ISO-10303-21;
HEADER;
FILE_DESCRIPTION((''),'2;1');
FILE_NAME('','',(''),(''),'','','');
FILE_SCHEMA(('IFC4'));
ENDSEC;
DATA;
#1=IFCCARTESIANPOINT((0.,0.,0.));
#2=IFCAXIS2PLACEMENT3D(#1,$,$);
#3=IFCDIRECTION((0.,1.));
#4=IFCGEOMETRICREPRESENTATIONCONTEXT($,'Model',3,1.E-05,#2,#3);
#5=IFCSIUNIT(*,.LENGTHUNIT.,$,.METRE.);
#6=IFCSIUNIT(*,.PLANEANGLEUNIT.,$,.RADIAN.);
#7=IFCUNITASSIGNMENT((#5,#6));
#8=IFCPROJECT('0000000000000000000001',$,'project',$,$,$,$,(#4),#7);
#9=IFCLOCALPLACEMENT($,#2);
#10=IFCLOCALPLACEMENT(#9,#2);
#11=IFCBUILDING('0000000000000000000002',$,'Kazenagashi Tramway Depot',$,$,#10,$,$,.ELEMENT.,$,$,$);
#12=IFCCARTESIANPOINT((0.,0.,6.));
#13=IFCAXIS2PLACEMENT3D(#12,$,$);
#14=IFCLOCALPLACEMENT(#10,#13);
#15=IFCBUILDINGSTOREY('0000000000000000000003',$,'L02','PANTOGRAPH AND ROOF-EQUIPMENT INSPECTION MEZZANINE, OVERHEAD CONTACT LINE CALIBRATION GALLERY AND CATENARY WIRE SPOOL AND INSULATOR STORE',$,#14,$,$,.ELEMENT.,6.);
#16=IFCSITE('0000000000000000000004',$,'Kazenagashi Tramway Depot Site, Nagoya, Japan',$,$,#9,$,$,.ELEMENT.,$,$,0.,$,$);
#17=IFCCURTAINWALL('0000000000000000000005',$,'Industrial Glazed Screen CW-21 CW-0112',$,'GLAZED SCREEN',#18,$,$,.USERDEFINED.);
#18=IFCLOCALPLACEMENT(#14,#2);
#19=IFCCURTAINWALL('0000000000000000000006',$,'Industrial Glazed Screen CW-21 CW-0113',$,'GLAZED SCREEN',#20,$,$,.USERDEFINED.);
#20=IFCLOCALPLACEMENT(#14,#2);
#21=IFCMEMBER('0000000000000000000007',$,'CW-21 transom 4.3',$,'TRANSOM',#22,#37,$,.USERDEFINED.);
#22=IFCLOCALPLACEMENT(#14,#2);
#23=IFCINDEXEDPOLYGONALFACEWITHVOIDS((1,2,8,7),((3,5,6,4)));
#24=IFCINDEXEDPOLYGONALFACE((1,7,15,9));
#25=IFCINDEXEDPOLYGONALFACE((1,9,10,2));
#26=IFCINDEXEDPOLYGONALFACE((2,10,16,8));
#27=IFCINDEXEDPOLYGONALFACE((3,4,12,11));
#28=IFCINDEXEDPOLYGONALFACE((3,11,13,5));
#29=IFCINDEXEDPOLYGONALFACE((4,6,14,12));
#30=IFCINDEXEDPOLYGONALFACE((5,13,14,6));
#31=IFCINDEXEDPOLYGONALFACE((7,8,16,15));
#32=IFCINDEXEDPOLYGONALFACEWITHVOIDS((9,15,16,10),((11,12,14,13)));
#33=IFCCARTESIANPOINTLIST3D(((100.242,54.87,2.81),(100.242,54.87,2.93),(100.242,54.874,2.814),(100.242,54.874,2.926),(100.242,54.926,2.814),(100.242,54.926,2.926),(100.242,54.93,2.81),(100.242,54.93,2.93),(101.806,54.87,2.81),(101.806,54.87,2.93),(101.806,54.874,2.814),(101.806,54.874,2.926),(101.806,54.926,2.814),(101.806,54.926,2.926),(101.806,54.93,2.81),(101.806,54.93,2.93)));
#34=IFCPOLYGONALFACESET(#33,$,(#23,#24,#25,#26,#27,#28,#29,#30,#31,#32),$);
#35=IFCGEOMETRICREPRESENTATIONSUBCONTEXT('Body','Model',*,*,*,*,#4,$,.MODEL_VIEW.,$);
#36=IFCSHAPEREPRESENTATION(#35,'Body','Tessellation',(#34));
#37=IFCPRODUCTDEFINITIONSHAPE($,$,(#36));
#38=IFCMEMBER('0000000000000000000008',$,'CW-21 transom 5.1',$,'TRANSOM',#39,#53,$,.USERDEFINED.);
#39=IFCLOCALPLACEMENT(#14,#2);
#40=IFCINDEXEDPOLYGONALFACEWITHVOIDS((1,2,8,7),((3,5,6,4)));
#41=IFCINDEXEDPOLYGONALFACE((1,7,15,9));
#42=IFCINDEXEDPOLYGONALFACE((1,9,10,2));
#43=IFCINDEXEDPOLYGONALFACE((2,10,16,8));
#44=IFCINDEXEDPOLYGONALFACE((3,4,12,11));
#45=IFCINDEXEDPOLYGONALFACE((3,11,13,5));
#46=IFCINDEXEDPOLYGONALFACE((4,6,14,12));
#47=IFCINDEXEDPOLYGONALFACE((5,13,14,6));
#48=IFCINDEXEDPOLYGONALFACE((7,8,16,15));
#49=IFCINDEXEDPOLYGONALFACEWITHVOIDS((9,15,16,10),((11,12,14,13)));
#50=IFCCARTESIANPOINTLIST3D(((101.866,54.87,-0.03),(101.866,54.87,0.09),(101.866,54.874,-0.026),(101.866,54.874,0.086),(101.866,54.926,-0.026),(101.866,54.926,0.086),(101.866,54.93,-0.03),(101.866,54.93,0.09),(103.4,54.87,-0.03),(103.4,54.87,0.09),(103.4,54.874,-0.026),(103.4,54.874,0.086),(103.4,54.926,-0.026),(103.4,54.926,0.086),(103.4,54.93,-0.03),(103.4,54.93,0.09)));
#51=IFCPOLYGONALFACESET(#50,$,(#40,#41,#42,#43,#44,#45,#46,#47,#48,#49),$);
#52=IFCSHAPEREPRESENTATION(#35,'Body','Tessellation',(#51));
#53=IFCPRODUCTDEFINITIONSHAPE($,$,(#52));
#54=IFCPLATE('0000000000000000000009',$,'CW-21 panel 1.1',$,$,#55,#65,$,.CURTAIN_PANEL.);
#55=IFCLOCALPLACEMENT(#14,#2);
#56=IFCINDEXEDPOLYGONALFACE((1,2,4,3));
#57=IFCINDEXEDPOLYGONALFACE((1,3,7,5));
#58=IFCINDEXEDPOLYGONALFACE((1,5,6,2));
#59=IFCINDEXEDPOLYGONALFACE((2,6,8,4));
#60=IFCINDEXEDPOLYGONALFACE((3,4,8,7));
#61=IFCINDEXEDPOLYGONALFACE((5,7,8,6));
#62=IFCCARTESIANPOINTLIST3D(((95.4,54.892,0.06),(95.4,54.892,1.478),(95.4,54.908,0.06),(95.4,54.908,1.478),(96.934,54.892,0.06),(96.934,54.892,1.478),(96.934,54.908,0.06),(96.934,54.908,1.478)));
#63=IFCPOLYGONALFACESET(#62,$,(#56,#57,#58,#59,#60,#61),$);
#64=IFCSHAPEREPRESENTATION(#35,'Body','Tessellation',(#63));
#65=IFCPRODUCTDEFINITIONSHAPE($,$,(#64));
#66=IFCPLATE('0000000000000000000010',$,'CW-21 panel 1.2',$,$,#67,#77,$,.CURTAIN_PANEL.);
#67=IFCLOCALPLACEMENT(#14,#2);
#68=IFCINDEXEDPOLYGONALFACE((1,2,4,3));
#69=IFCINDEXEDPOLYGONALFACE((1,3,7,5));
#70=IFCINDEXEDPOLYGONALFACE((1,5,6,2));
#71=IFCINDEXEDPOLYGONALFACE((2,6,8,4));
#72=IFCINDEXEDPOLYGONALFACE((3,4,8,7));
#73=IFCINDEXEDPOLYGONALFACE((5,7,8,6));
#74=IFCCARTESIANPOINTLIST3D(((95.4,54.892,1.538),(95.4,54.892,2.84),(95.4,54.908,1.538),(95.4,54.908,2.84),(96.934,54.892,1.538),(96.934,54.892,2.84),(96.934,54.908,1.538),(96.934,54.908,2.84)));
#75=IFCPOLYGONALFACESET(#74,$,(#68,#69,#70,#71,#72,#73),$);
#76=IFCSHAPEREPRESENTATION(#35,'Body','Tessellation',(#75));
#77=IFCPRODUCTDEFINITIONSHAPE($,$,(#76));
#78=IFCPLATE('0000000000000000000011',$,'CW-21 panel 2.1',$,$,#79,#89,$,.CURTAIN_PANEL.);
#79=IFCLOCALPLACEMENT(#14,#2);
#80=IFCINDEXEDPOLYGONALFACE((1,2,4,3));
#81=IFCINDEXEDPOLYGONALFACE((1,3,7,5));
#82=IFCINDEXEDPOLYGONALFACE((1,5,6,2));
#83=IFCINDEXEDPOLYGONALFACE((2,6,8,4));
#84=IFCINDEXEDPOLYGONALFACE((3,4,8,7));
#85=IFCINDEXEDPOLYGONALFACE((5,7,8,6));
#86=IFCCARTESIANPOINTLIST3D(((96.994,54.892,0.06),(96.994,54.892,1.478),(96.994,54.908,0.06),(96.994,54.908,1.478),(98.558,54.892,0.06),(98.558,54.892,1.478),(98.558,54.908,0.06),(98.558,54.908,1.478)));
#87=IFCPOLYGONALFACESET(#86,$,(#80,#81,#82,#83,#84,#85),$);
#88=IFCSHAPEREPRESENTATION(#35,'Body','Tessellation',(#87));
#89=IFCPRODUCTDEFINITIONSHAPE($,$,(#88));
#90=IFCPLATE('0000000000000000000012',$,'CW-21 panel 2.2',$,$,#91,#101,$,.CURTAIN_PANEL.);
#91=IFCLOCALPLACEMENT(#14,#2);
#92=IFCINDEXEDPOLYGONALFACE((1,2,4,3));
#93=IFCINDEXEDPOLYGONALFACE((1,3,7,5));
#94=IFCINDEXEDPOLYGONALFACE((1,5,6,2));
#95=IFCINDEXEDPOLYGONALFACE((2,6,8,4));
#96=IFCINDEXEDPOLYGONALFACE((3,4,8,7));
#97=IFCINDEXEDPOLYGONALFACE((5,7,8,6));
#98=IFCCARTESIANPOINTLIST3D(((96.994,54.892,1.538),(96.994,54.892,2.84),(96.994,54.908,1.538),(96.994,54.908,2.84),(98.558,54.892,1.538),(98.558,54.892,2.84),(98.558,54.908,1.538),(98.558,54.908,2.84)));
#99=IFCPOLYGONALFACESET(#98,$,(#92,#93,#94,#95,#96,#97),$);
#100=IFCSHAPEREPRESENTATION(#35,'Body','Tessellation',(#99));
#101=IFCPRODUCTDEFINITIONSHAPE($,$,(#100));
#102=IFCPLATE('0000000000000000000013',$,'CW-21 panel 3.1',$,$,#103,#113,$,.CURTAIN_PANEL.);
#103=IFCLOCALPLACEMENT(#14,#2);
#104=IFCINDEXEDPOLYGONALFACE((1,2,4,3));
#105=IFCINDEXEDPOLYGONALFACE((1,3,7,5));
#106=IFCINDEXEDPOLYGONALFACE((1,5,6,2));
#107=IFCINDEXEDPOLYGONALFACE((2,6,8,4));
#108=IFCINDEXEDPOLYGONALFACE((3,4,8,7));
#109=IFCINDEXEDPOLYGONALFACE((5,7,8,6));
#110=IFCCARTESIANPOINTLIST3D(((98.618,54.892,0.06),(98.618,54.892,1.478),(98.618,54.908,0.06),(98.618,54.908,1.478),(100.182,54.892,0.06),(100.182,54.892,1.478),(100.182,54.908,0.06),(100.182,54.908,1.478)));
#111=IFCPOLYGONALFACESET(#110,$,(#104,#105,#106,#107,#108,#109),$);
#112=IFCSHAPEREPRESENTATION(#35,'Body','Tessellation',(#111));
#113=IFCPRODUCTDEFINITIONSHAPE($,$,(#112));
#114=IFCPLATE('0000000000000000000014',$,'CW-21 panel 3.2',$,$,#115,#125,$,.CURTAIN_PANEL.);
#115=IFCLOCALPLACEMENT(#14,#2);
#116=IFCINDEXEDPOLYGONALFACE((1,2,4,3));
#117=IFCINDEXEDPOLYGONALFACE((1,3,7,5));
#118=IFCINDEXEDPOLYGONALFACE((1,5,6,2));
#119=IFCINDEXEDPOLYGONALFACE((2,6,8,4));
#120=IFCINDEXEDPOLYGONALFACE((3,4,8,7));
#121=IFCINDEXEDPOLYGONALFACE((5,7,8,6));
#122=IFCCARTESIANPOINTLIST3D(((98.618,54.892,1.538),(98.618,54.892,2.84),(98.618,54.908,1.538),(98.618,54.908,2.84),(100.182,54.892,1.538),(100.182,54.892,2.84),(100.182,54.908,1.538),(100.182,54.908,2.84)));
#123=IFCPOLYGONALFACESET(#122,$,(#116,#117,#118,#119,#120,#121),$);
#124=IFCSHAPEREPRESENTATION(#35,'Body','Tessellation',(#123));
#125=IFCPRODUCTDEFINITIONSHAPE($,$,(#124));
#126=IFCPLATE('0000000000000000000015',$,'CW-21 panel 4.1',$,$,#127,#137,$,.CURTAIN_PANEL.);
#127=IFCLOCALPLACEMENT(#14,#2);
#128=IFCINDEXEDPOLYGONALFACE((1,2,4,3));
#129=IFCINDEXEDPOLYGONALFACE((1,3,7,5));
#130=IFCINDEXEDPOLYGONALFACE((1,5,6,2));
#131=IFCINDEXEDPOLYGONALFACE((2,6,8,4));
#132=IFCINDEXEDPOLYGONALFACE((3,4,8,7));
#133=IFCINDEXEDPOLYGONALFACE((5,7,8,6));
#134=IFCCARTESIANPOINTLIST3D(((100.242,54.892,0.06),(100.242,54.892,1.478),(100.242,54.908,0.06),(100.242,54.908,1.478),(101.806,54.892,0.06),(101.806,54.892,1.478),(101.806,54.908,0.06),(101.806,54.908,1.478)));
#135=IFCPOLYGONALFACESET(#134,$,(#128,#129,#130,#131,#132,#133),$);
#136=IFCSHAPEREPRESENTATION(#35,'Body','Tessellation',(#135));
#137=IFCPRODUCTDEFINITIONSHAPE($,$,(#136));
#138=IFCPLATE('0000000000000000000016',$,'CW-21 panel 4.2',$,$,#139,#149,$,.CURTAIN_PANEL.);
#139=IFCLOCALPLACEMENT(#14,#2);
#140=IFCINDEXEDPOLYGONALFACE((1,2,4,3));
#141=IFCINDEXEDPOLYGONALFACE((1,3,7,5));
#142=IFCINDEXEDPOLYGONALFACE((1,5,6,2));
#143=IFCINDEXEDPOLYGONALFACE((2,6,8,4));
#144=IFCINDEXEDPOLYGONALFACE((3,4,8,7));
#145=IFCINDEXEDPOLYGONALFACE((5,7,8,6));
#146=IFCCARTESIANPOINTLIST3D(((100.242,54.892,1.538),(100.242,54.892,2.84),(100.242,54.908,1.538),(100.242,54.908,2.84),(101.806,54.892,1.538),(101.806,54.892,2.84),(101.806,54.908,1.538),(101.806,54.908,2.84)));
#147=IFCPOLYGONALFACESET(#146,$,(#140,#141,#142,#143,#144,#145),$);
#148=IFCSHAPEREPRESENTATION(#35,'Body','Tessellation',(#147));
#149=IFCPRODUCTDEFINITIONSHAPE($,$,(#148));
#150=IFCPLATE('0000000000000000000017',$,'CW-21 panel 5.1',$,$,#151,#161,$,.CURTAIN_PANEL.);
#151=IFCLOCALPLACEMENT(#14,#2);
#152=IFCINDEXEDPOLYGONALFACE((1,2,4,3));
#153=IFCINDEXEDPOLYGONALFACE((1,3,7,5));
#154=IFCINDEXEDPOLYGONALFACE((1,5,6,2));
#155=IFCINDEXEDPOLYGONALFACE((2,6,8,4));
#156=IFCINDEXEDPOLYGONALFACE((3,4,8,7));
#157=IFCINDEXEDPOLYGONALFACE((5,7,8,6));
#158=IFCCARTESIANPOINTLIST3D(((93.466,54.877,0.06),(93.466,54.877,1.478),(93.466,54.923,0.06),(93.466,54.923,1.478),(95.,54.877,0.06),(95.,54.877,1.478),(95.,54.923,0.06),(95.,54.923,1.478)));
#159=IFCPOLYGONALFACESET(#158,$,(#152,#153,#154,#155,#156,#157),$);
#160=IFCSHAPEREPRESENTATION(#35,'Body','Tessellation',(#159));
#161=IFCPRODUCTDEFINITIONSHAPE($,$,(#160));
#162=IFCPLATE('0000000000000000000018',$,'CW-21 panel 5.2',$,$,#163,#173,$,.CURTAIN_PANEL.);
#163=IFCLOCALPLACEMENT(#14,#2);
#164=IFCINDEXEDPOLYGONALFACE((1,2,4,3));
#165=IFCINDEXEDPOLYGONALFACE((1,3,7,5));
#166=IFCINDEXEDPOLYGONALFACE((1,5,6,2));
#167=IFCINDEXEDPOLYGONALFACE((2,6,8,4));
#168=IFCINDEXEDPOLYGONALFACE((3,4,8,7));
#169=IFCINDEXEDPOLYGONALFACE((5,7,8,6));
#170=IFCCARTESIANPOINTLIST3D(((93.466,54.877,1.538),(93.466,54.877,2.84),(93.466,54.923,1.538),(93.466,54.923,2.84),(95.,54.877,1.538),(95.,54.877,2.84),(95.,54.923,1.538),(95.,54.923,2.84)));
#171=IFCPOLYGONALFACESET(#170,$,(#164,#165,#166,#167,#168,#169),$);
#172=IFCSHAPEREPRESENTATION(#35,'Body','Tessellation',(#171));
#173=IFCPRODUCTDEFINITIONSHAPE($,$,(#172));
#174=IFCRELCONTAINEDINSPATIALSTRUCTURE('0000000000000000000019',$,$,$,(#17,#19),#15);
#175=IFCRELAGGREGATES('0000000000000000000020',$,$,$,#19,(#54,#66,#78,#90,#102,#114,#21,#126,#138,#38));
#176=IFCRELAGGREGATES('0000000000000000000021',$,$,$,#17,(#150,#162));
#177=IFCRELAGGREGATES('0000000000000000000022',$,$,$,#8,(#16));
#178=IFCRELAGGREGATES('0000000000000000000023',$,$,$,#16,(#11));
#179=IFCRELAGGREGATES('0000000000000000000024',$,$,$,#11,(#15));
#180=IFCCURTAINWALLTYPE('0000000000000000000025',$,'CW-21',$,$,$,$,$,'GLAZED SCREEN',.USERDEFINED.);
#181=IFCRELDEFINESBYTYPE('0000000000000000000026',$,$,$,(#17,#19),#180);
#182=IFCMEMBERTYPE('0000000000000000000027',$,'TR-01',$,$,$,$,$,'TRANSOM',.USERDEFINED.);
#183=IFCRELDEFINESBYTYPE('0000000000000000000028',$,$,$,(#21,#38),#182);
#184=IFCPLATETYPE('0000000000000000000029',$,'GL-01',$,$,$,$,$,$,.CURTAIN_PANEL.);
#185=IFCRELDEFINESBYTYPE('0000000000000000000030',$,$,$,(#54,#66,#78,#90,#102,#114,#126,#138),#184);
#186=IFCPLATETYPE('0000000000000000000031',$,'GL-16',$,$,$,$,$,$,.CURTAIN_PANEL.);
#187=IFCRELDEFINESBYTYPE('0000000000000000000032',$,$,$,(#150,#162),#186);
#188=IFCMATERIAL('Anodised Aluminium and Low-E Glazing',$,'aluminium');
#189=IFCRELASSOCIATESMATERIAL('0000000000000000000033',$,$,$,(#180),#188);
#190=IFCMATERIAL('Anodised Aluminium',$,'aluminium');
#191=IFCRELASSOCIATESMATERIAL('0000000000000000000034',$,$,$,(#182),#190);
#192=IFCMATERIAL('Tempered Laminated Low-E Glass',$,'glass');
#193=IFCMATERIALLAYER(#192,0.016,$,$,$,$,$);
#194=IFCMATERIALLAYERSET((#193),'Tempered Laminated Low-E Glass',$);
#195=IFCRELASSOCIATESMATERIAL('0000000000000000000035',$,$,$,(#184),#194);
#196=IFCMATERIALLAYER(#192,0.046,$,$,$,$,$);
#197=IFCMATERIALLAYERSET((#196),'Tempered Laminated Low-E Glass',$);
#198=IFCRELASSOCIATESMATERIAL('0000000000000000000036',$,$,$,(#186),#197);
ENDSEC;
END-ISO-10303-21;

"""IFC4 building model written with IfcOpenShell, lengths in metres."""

from ifc_helpers import new_model, si_unit, direction, frame, origin, origin_2d, place, context, subcontext, project, spatial, rectangle, hollow_rectangle, extrude, material, layer, layer_set, material_profile, profile_set, type_object, element, aggregate, save


model = new_model("IFC4")

# Units and contexts
model_context = context("Model", 3, precision=1e-05, world=origin(), true_north=direction((0.0, 1.0)))
body_context = subcontext(model_context, "Body", "Model", "MODEL_VIEW")
ifc_project = project(units=[si_unit("LENGTHUNIT", "METRE"), si_unit("PLANEANGLEUNIT", "RADIAN")], contexts=[model_context])

# Site, building, storey
site_placement = place(None, origin())
site = spatial("IfcSite", under=ifc_project, at=site_placement, Name="Kazenagashi Tramway Depot Site, Nagoya, Japan", CompositionType="ELEMENT", RefElevation=0.0)
building_placement = place(site_placement, origin())
building = spatial("IfcBuilding", under=site, at=building_placement, Name="Kazenagashi Tramway Depot", CompositionType="ELEMENT")
storey_placement = place(building_placement, frame((0.0, 0.0, 6.0)))
storey = spatial("IfcBuildingStorey", under=building, at=storey_placement, Name="L02", Description="PANTOGRAPH AND ROOF-EQUIPMENT INSPECTION MEZZANINE, OVERHEAD CONTACT LINE CALIBRATION GALLERY AND CATENARY WIRE SPOOL AND INSULATOR STORE", CompositionType="ELEMENT", Elevation=6.0)

# Curtain wall
ifc_material_1 = material(Name="Anodised Aluminium and Low-E Glazing", Category="aluminium")
curtain_wall_type = type_object("IfcCurtainWallType", Name="CW-21", ElementType="GLAZED SCREEN", PredefinedType="USERDEFINED", material=ifc_material_1)
curtain_wall_1_placement = place(storey_placement, origin())
curtain_wall_1 = element("IfcCurtainWall", 1, at=curtain_wall_1_placement, inside=storey, type_object=curtain_wall_type, Name="Industrial Glazed Screen CW-21 CW-0112", ObjectType="GLAZED SCREEN", PredefinedType="USERDEFINED")
ifc_material_2 = material(Name="Anodised Aluminium", Category="aluminium")

# Curtain wall
curtain_wall_2_placement = place(storey_placement, origin())
curtain_wall_2 = element("IfcCurtainWall", 2, at=curtain_wall_2_placement, inside=storey, type_object=curtain_wall_type, Name="Industrial Glazed Screen CW-21 CW-0113", ObjectType="GLAZED SCREEN", PredefinedType="USERDEFINED")

# Members
ifc_material_profile_1 = material_profile(ifc_material_2, hollow_rectangle(XDim=0.06, YDim=0.12, WallThickness=0.004, at=origin_2d()), Name="RHS-120x60x4")
ifc_profile_set_1 = profile_set([ifc_material_profile_1], Name="Anodised Aluminium")
member_type_1 = type_object("IfcMemberType", Name="TR-01", ElementType="TRANSOM", PredefinedType="USERDEFINED", material=ifc_profile_set_1)
member_1_placement = place(storey_placement, frame((100.242, 54.9, 2.87), z_axis=(1.0, 0.0, 0.0), x_axis=(0.0, 1.0, 0.0)))
member_1 = element("IfcMember", 3, at=member_1_placement, type_object=member_type_1, Name="CW-21 transom 4.3", ObjectType="TRANSOM", PredefinedType="USERDEFINED", context=body_context, shape_type="SweptSolid", body=[
    extrude(hollow_rectangle(XDim=0.06, YDim=0.12, WallThickness=0.004, at=origin_2d()), origin(), (0.0, 0.0, 1.0), 1.564),
])
member_2_placement = place(storey_placement, frame((101.866, 54.9, 0.03), z_axis=(1.0, 0.0, 0.0), x_axis=(0.0, 1.0, 0.0)))
member_2 = element("IfcMember", 4, at=member_2_placement, type_object=member_type_1, Name="CW-21 transom 5.1", ObjectType="TRANSOM", PredefinedType="USERDEFINED", context=body_context, shape_type="SweptSolid", body=[
    extrude(hollow_rectangle(XDim=0.06, YDim=0.12, WallThickness=0.004, at=origin_2d()), origin(), (0.0, 0.0, 1.0), 1.534),
])

# Plates
ifc_material_3 = material(Name="Tempered Laminated Low-E Glass", Category="glass")
ifc_layer_1 = layer(ifc_material_3, 0.016)
ifc_layer_set_1 = layer_set([ifc_layer_1], Name="Tempered Laminated Low-E Glass")
plate_type_1 = type_object("IfcPlateType", Name="GL-01", PredefinedType="CURTAIN_PANEL", material=ifc_layer_set_1)
plate_1_placement = place(storey_placement, frame((96.167, 54.9, 0.06), z_axis=(0.0, 0.0, 1.0), x_axis=(1.0, 0.0, 0.0)))
plate_1 = element("IfcPlate", 5, at=plate_1_placement, type_object=plate_type_1, Name="CW-21 panel 1.1", PredefinedType="CURTAIN_PANEL", context=body_context, shape_type="SweptSolid", body=[
    extrude(rectangle(XDim=1.534, YDim=0.016, at=origin_2d()), origin(), (0.0, 0.0, 1.0), 1.418),
])
plate_2_placement = place(storey_placement, frame((96.167, 54.9, 1.538), z_axis=(0.0, 0.0, 1.0), x_axis=(1.0, 0.0, 0.0)))
plate_2 = element("IfcPlate", 6, at=plate_2_placement, type_object=plate_type_1, Name="CW-21 panel 1.2", PredefinedType="CURTAIN_PANEL", context=body_context, shape_type="SweptSolid", body=[
    extrude(rectangle(XDim=1.534, YDim=0.016, at=origin_2d()), origin(), (0.0, 0.0, 1.0), 1.302),
])
plate_3_placement = place(storey_placement, frame((97.776, 54.9, 0.06), z_axis=(0.0, 0.0, 1.0), x_axis=(1.0, 0.0, 0.0)))
plate_3 = element("IfcPlate", 7, at=plate_3_placement, type_object=plate_type_1, Name="CW-21 panel 2.1", PredefinedType="CURTAIN_PANEL", context=body_context, shape_type="SweptSolid", body=[
    extrude(rectangle(XDim=1.564, YDim=0.016, at=origin_2d()), origin(), (0.0, 0.0, 1.0), 1.418),
])
plate_4_placement = place(storey_placement, frame((97.776, 54.9, 1.538), z_axis=(0.0, 0.0, 1.0), x_axis=(1.0, 0.0, 0.0)))
plate_4 = element("IfcPlate", 8, at=plate_4_placement, type_object=plate_type_1, Name="CW-21 panel 2.2", PredefinedType="CURTAIN_PANEL", context=body_context, shape_type="SweptSolid", body=[
    extrude(rectangle(XDim=1.564, YDim=0.016, at=origin_2d()), origin(), (0.0, 0.0, 1.0), 1.302),
])
plate_5_placement = place(storey_placement, frame((99.4, 54.9, 0.06), z_axis=(0.0, 0.0, 1.0), x_axis=(1.0, 0.0, 0.0)))
plate_5 = element("IfcPlate", 9, at=plate_5_placement, type_object=plate_type_1, Name="CW-21 panel 3.1", PredefinedType="CURTAIN_PANEL", context=body_context, shape_type="SweptSolid", body=[
    extrude(rectangle(XDim=1.564, YDim=0.016, at=origin_2d()), origin(), (0.0, 0.0, 1.0), 1.418),
])
plate_6_placement = place(storey_placement, frame((99.4, 54.9, 1.538), z_axis=(0.0, 0.0, 1.0), x_axis=(1.0, 0.0, 0.0)))
plate_6 = element("IfcPlate", 10, at=plate_6_placement, type_object=plate_type_1, Name="CW-21 panel 3.2", PredefinedType="CURTAIN_PANEL", context=body_context, shape_type="SweptSolid", body=[
    extrude(rectangle(XDim=1.564, YDim=0.016, at=origin_2d()), origin(), (0.0, 0.0, 1.0), 1.302),
])
plate_7_placement = place(storey_placement, frame((101.024, 54.9, 0.06), z_axis=(0.0, 0.0, 1.0), x_axis=(1.0, 0.0, 0.0)))
plate_7 = element("IfcPlate", 11, at=plate_7_placement, type_object=plate_type_1, Name="CW-21 panel 4.1", PredefinedType="CURTAIN_PANEL", context=body_context, shape_type="SweptSolid", body=[
    extrude(rectangle(XDim=1.564, YDim=0.016, at=origin_2d()), origin(), (0.0, 0.0, 1.0), 1.418),
])
plate_8_placement = place(storey_placement, frame((101.024, 54.9, 1.538), z_axis=(0.0, 0.0, 1.0), x_axis=(1.0, 0.0, 0.0)))
plate_8 = element("IfcPlate", 12, at=plate_8_placement, type_object=plate_type_1, Name="CW-21 panel 4.2", PredefinedType="CURTAIN_PANEL", context=body_context, shape_type="SweptSolid", body=[
    extrude(rectangle(XDim=1.564, YDim=0.016, at=origin_2d()), origin(), (0.0, 0.0, 1.0), 1.302),
])
aggregate(curtain_wall_2, [plate_1, plate_2, plate_3, plate_4, plate_5, plate_6, member_1, plate_7, plate_8, member_2])
ifc_layer_2 = layer(ifc_material_3, 0.046)
ifc_layer_set_2 = layer_set([ifc_layer_2], Name="Tempered Laminated Low-E Glass")
plate_type_2 = type_object("IfcPlateType", Name="GL-16", PredefinedType="CURTAIN_PANEL", material=ifc_layer_set_2)
plate_9_placement = place(storey_placement, frame((94.233, 54.9, 0.06), z_axis=(0.0, 0.0, 1.0), x_axis=(1.0, 0.0, 0.0)))
plate_9 = element("IfcPlate", 13, at=plate_9_placement, type_object=plate_type_2, Name="CW-21 panel 5.1", PredefinedType="CURTAIN_PANEL", context=body_context, shape_type="SweptSolid", body=[
    extrude(rectangle(XDim=1.534, YDim=0.046, at=origin_2d()), origin(), (0.0, 0.0, 1.0), 1.418),
])
plate_10_placement = place(storey_placement, frame((94.233, 54.9, 1.538), z_axis=(0.0, 0.0, 1.0), x_axis=(1.0, 0.0, 0.0)))
plate_10 = element("IfcPlate", 14, at=plate_10_placement, type_object=plate_type_2, Name="CW-21 panel 5.2", PredefinedType="CURTAIN_PANEL", context=body_context, shape_type="SweptSolid", body=[
    extrude(rectangle(XDim=1.534, YDim=0.046, at=origin_2d()), origin(), (0.0, 0.0, 1.0), 1.302),
])
aggregate(curtain_wall_1, [plate_9, plate_10])

save(model, "model.ifc")
